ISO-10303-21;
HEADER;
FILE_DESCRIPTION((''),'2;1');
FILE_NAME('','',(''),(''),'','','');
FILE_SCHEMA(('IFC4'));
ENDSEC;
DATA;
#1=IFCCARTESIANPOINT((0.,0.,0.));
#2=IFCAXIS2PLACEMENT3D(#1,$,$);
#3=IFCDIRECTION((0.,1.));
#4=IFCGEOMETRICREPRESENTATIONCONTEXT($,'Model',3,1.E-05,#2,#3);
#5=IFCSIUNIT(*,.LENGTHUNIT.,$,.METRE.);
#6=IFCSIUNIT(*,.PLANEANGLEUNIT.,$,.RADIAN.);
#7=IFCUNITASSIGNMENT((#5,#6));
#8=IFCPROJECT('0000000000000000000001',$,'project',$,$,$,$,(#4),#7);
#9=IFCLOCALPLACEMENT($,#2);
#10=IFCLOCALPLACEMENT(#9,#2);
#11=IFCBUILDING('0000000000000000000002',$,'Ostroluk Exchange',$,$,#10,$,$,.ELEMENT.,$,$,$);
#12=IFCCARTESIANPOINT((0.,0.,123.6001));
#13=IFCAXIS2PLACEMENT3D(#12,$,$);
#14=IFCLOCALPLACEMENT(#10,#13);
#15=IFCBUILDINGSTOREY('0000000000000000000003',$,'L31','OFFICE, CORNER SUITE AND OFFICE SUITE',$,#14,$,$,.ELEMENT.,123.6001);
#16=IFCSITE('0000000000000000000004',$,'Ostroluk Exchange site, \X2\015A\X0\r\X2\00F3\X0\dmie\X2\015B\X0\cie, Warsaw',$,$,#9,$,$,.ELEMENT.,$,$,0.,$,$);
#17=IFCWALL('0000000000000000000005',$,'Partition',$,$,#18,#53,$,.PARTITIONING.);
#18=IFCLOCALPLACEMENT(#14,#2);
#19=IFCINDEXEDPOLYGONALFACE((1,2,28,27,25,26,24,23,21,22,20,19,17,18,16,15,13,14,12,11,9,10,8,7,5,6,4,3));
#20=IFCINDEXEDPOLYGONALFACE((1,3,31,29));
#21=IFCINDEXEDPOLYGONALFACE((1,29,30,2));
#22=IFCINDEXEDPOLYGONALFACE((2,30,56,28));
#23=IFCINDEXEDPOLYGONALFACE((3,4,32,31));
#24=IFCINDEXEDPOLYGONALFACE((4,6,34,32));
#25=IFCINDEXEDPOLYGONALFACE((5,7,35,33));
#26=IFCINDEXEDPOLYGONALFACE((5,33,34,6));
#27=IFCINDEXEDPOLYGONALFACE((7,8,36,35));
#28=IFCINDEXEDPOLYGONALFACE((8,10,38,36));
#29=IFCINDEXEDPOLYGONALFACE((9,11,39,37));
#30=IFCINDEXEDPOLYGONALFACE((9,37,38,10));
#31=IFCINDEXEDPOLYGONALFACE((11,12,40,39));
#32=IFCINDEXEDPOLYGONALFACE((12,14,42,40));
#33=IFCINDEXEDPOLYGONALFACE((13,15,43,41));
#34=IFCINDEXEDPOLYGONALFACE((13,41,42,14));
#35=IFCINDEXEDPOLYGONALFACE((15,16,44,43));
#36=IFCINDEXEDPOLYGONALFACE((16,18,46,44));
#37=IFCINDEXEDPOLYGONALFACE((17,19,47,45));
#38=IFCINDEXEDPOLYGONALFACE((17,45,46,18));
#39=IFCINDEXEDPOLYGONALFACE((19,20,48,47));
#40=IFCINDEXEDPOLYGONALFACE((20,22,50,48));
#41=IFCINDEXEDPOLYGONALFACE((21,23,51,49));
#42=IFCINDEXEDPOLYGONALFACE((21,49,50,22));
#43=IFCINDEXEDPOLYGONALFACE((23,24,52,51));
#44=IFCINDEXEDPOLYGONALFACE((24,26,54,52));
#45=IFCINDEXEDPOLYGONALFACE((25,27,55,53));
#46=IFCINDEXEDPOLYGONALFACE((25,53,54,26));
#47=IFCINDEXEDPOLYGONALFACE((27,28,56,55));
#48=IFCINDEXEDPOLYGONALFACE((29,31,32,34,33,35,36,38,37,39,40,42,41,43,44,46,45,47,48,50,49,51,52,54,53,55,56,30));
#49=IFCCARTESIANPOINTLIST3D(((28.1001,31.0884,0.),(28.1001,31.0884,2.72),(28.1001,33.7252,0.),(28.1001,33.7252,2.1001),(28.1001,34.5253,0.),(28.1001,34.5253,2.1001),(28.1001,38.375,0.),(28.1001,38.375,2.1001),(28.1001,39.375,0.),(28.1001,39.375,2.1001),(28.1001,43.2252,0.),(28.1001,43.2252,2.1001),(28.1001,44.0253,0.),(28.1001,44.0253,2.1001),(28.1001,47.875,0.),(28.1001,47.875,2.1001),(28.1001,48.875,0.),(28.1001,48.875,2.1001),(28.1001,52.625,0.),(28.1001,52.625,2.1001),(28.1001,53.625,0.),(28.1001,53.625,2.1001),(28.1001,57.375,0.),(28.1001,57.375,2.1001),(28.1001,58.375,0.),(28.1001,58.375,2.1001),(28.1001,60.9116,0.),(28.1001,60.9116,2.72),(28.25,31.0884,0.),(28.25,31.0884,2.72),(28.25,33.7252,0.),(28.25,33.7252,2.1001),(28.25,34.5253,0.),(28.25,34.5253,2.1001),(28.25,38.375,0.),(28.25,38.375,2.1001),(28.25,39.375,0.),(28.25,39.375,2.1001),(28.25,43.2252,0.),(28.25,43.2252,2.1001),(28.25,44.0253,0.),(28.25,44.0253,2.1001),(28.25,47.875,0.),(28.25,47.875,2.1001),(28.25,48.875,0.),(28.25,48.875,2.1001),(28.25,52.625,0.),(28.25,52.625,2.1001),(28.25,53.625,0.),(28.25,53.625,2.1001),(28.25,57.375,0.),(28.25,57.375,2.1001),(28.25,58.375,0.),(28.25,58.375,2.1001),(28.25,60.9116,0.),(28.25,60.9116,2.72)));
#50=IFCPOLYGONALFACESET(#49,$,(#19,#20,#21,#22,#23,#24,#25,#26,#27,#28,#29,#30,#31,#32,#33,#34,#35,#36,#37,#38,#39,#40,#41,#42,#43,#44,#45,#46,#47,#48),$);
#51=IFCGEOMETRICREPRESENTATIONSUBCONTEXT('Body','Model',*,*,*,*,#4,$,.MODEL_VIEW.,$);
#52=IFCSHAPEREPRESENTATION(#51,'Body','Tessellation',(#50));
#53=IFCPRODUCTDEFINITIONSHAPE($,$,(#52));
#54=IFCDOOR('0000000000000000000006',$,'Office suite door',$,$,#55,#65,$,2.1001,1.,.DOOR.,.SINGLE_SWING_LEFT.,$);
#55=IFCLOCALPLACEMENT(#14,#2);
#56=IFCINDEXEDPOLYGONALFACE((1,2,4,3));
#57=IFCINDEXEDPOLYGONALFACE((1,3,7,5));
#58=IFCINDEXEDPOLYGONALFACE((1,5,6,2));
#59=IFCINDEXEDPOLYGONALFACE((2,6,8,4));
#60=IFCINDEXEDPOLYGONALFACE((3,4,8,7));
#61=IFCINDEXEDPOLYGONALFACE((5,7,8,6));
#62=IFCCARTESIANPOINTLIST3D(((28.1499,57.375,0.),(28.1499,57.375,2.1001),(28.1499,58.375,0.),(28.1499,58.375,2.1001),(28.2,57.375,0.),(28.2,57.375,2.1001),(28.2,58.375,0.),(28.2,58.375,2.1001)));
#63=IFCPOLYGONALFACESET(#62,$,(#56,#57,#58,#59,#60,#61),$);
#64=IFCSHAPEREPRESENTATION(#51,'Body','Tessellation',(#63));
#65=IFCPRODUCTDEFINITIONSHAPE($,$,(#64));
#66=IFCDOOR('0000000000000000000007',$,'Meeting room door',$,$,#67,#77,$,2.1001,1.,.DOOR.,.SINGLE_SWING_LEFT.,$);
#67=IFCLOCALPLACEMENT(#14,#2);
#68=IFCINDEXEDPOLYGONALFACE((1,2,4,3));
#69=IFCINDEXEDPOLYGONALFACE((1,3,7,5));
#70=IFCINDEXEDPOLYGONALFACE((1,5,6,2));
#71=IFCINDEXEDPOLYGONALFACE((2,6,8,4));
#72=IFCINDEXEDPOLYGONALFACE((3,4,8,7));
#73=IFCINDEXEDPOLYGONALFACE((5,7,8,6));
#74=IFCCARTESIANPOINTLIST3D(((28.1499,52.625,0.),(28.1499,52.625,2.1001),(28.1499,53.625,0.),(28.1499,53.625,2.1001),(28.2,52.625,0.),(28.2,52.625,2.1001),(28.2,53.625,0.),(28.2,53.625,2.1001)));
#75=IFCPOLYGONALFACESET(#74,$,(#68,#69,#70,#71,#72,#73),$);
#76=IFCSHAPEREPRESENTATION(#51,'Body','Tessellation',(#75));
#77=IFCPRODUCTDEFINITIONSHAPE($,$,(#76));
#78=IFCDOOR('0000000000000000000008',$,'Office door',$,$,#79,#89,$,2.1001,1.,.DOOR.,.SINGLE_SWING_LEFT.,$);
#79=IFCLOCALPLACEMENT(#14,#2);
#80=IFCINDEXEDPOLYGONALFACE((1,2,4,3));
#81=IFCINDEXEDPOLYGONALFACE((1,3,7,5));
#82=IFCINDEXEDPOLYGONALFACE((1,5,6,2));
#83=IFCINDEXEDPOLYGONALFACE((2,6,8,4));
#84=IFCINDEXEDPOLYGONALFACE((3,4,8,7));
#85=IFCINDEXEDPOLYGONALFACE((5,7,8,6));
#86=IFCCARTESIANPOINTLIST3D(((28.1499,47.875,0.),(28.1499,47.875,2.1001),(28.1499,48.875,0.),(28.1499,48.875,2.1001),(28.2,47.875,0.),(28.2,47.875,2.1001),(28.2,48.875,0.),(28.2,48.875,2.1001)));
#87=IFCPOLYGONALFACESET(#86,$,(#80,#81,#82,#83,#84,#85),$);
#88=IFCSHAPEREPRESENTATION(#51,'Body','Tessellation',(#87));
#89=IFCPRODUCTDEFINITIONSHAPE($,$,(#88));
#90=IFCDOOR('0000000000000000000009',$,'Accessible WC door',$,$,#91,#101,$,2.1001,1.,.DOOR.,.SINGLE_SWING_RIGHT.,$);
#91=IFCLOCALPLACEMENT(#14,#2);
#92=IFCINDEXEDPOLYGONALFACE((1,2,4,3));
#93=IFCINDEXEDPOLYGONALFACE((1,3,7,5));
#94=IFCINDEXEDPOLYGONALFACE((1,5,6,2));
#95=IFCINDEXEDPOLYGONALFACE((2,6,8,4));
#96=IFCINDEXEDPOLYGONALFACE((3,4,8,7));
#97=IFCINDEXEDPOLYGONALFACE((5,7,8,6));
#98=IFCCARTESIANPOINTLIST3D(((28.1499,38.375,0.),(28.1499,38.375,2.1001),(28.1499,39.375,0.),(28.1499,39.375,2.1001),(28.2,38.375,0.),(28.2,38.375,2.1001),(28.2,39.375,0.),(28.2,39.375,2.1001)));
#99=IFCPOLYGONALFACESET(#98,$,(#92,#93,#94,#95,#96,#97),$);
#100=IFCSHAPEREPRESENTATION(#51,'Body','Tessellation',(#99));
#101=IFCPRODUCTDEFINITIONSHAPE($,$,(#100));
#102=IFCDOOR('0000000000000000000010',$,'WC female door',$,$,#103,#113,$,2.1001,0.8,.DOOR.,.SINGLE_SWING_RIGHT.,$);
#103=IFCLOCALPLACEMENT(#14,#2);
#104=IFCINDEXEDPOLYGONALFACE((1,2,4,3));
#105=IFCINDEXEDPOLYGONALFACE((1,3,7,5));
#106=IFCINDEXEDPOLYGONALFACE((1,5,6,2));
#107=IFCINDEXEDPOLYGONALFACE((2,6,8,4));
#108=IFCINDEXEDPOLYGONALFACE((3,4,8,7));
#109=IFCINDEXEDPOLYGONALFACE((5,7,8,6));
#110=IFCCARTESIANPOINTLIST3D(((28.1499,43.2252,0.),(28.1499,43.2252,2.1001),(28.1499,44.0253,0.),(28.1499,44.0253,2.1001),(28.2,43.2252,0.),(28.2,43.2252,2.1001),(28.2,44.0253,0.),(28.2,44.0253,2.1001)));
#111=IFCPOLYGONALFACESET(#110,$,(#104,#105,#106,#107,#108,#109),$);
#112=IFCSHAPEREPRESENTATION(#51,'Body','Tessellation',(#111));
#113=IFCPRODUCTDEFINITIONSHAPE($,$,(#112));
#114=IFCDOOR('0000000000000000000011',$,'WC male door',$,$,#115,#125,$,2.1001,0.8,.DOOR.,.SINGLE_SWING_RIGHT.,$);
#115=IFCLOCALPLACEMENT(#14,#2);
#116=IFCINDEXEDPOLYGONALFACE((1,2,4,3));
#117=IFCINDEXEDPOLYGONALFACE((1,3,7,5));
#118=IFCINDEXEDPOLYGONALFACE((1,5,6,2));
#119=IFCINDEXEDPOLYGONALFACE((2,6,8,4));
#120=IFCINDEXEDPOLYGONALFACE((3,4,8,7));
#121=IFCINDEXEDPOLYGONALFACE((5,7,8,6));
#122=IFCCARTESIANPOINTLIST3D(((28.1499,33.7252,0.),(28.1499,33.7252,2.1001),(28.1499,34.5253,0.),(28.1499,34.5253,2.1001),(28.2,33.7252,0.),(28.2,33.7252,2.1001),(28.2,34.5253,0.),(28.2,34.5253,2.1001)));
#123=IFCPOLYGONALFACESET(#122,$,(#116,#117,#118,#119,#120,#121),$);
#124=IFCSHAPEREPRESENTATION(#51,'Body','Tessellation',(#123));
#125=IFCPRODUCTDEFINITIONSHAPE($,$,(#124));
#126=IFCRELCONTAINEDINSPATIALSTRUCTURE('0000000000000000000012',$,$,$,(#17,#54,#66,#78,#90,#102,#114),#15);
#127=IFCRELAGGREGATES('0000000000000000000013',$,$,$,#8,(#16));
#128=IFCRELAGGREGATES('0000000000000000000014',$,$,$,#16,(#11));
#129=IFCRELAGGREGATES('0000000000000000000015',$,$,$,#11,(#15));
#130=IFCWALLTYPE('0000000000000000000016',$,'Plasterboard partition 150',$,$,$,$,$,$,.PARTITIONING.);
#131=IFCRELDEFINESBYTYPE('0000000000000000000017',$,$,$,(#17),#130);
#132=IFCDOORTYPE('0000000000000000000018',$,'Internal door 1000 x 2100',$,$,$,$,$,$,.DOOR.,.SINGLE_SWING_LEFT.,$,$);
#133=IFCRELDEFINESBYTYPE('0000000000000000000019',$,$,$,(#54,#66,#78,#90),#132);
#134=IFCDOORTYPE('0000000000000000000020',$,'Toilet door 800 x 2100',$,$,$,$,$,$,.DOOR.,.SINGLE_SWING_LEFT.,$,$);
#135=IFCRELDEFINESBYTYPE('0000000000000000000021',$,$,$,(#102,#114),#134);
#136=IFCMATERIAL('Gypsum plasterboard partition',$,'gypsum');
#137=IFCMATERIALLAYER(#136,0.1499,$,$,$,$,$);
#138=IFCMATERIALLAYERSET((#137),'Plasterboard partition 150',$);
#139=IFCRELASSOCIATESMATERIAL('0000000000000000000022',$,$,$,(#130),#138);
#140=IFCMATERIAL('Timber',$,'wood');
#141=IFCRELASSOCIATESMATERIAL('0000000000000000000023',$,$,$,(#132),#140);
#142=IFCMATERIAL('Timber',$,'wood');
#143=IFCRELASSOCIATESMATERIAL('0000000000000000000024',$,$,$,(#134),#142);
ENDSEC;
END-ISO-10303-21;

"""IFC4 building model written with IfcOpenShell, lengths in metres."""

from ifc_helpers import new_model, si_unit, direction, frame, frame_2d, origin, place, context, subcontext, project, spatial, rectangle, extrude, material, layer, layer_set, type_object, element, fill, save


model = new_model("IFC4")

# Units and contexts
model_context = context("Model", 3, precision=1e-05, world=origin(), true_north=direction((0.0, 1.0)))
body_context = subcontext(model_context, "Body", "Model", "MODEL_VIEW")
ifc_project = project(units=[si_unit("LENGTHUNIT", "METRE"), si_unit("PLANEANGLEUNIT", "RADIAN")], contexts=[model_context])

# Site, building, storey
site_placement = place(None, origin())
site = spatial("IfcSite", under=ifc_project, at=site_placement, Name="Ostroluk Exchange site, Śródmieście, Warsaw", CompositionType="ELEMENT", RefElevation=0.0)
building_placement = place(site_placement, origin())
building = spatial("IfcBuilding", under=site, at=building_placement, Name="Ostroluk Exchange", CompositionType="ELEMENT")
storey_placement = place(building_placement, frame((0.0, 0.0, 123.6001)))
storey = spatial("IfcBuildingStorey", under=building, at=storey_placement, Name="L31", Description="OFFICE, CORNER SUITE AND OFFICE SUITE", CompositionType="ELEMENT", Elevation=123.6001)

# Wall, openings, doors
ifc_material_1 = material(Name="Gypsum plasterboard partition", Category="gypsum")
ifc_layer_1 = layer(ifc_material_1, 0.1499)
ifc_layer_set_1 = layer_set([ifc_layer_1], Name="Plasterboard partition 150")
wall_type_1 = type_object("IfcWallType", Name="Plasterboard partition 150", PredefinedType="PARTITIONING", material=ifc_layer_set_1)
wall_1_placement = place(storey_placement, frame((28.175, 60.9116, 0.0), z_axis=(0.0, 0.0, 1.0), x_axis=(0.0, -1.0, 0.0)))
wall_1 = element("IfcWall", 1, at=wall_1_placement, inside=storey, type_object=wall_type_1, Name="Partition", PredefinedType="PARTITIONING", context=body_context, shape_type="SweptSolid", body=[
    extrude(rectangle(XDim=29.8232, YDim=0.1499, at=frame_2d((14.9116, 0.0))), origin(), (0.0, 0.0, 1.0), 2.72),
])
opening_1_placement = place(wall_1_placement, frame((2.5366, 0.0, 0.0)))
opening_1 = element("IfcOpeningElement", 2, at=opening_1_placement, cuts=wall_1, PredefinedType="OPENING", context=body_context, shape_type="SweptSolid", body=[
    extrude(rectangle(XDim=1.0, YDim=2.1001, at=frame_2d((0.5, 1.05))), frame((0.0, 0.085, 0.0), z_axis=(0.0, -1.0, 0.0), x_axis=(1.0, 0.0, 0.0)), (0.0, 0.0, 1.0), 0.1699),
])
opening_2_placement = place(wall_1_placement, frame((7.2866, 0.0, 0.0)))
opening_2 = element("IfcOpeningElement", 3, at=opening_2_placement, cuts=wall_1, PredefinedType="OPENING", context=body_context, shape_type="SweptSolid", body=[
    extrude(rectangle(XDim=1.0, YDim=2.1001, at=frame_2d((0.5, 1.05))), frame((0.0, 0.085, 0.0), z_axis=(0.0, -1.0, 0.0), x_axis=(1.0, 0.0, 0.0)), (0.0, 0.0, 1.0), 0.1699),
])
opening_3_placement = place(wall_1_placement, frame((12.0366, 0.0, 0.0)))
opening_3 = element("IfcOpeningElement", 4, at=opening_3_placement, cuts=wall_1, PredefinedType="OPENING", context=body_context, shape_type="SweptSolid", body=[
    extrude(rectangle(XDim=1.0, YDim=2.1001, at=frame_2d((0.5, 1.05))), frame((0.0, 0.085, 0.0), z_axis=(0.0, -1.0, 0.0), x_axis=(1.0, 0.0, 0.0)), (0.0, 0.0, 1.0), 0.1699),
])
opening_4_placement = place(wall_1_placement, frame((16.8865, 0.0, 0.0)))
opening_4 = element("IfcOpeningElement", 5, at=opening_4_placement, cuts=wall_1, PredefinedType="OPENING", context=body_context, shape_type="SweptSolid", body=[
    extrude(rectangle(XDim=0.8, YDim=2.1001, at=frame_2d((0.3999, 1.05))), frame((0.0, 0.085, 0.0), z_axis=(0.0, -1.0, 0.0), x_axis=(1.0, 0.0, 0.0)), (0.0, 0.0, 1.0), 0.1699),
])
opening_5_placement = place(wall_1_placement, frame((21.5366, 0.0, 0.0)))
opening_5 = element("IfcOpeningElement", 6, at=opening_5_placement, cuts=wall_1, PredefinedType="OPENING", context=body_context, shape_type="SweptSolid", body=[
    extrude(rectangle(XDim=1.0, YDim=2.1001, at=frame_2d((0.5, 1.05))), frame((0.0, 0.085, 0.0), z_axis=(0.0, -1.0, 0.0), x_axis=(1.0, 0.0, 0.0)), (0.0, 0.0, 1.0), 0.1699),
])
opening_6_placement = place(wall_1_placement, frame((26.3865, 0.0, 0.0)))
opening_6 = element("IfcOpeningElement", 7, at=opening_6_placement, cuts=wall_1, PredefinedType="OPENING", context=body_context, shape_type="SweptSolid", body=[
    extrude(rectangle(XDim=0.8, YDim=2.1001, at=frame_2d((0.3999, 1.05))), frame((0.0, 0.085, 0.0), z_axis=(0.0, -1.0, 0.0), x_axis=(1.0, 0.0, 0.0)), (0.0, 0.0, 1.0), 0.1699),
])
ifc_material_2 = material(Name="Timber", Category="wood")
door_type_1 = type_object("IfcDoorType", Name="Internal door 1000 x 2100", OperationType="SINGLE_SWING_LEFT", PredefinedType="DOOR", material=ifc_material_2)
door_1_placement = place(opening_1_placement, origin())
door_1 = element("IfcDoor", 8, at=door_1_placement, inside=storey, type_object=door_type_1, Name="Office suite door", OperationType="SINGLE_SWING_LEFT", OverallHeight=2.1001, OverallWidth=1.0, PredefinedType="DOOR", context=body_context, shape_type="SweptSolid", body=[
    extrude(rectangle(XDim=1.0, YDim=2.1001, at=frame_2d((0.5, 1.05))), frame((0.0, 0.0249, 0.0), z_axis=(0.0, -1.0, 0.0), x_axis=(1.0, 0.0, 0.0)), (0.0, 0.0, 1.0), 0.05),
])
fill(opening_1, door_1)
door_2_placement = place(opening_2_placement, origin())
door_2 = element("IfcDoor", 9, at=door_2_placement, inside=storey, type_object=door_type_1, Name="Meeting room door", OperationType="SINGLE_SWING_LEFT", OverallHeight=2.1001, OverallWidth=1.0, PredefinedType="DOOR", context=body_context, shape_type="SweptSolid", body=[
    extrude(rectangle(XDim=1.0, YDim=2.1001, at=frame_2d((0.5, 1.05))), frame((0.0, 0.0249, 0.0), z_axis=(0.0, -1.0, 0.0), x_axis=(1.0, 0.0, 0.0)), (0.0, 0.0, 1.0), 0.05),
])
fill(opening_2, door_2)
door_3_placement = place(opening_3_placement, origin())
door_3 = element("IfcDoor", 10, at=door_3_placement, inside=storey, type_object=door_type_1, Name="Office door", OperationType="SINGLE_SWING_LEFT", OverallHeight=2.1001, OverallWidth=1.0, PredefinedType="DOOR", context=body_context, shape_type="SweptSolid", body=[
    extrude(rectangle(XDim=1.0, YDim=2.1001, at=frame_2d((0.5, 1.05))), frame((0.0, 0.0249, 0.0), z_axis=(0.0, -1.0, 0.0), x_axis=(1.0, 0.0, 0.0)), (0.0, 0.0, 1.0), 0.05),
])
fill(opening_3, door_3)
door_4_placement = place(opening_5_placement, origin())
door_4 = element("IfcDoor", 11, at=door_4_placement, inside=storey, type_object=door_type_1, Name="Accessible WC door", OperationType="SINGLE_SWING_RIGHT", OverallHeight=2.1001, OverallWidth=1.0, PredefinedType="DOOR", context=body_context, shape_type="SweptSolid", body=[
    extrude(rectangle(XDim=1.0, YDim=2.1001, at=frame_2d((0.5, 1.05))), frame((0.0, 0.0249, 0.0), z_axis=(0.0, -1.0, 0.0), x_axis=(1.0, 0.0, 0.0)), (0.0, 0.0, 1.0), 0.05),
])
fill(opening_5, door_4)
ifc_material_3 = material(Name="Timber", Category="wood")
door_type_2 = type_object("IfcDoorType", Name="Toilet door 800 x 2100", OperationType="SINGLE_SWING_LEFT", PredefinedType="DOOR", material=ifc_material_3)
door_5_placement = place(opening_4_placement, origin())
door_5 = element("IfcDoor", 12, at=door_5_placement, inside=storey, type_object=door_type_2, Name="WC female door", OperationType="SINGLE_SWING_RIGHT", OverallHeight=2.1001, OverallWidth=0.8, PredefinedType="DOOR", context=body_context, shape_type="SweptSolid", body=[
    extrude(rectangle(XDim=0.8, YDim=2.1001, at=frame_2d((0.3999, 1.05))), frame((0.0, 0.0249, 0.0), z_axis=(0.0, -1.0, 0.0), x_axis=(1.0, 0.0, 0.0)), (0.0, 0.0, 1.0), 0.05),
])
fill(opening_4, door_5)
door_6_placement = place(opening_6_placement, origin())
door_6 = element("IfcDoor", 13, at=door_6_placement, inside=storey, type_object=door_type_2, Name="WC male door", OperationType="SINGLE_SWING_RIGHT", OverallHeight=2.1001, OverallWidth=0.8, PredefinedType="DOOR", context=body_context, shape_type="SweptSolid", body=[
    extrude(rectangle(XDim=0.8, YDim=2.1001, at=frame_2d((0.3999, 1.05))), frame((0.0, 0.0249, 0.0), z_axis=(0.0, -1.0, 0.0), x_axis=(1.0, 0.0, 0.0)), (0.0, 0.0, 1.0), 0.05),
])
fill(opening_6, door_6)

save(model, "model.ifc")
